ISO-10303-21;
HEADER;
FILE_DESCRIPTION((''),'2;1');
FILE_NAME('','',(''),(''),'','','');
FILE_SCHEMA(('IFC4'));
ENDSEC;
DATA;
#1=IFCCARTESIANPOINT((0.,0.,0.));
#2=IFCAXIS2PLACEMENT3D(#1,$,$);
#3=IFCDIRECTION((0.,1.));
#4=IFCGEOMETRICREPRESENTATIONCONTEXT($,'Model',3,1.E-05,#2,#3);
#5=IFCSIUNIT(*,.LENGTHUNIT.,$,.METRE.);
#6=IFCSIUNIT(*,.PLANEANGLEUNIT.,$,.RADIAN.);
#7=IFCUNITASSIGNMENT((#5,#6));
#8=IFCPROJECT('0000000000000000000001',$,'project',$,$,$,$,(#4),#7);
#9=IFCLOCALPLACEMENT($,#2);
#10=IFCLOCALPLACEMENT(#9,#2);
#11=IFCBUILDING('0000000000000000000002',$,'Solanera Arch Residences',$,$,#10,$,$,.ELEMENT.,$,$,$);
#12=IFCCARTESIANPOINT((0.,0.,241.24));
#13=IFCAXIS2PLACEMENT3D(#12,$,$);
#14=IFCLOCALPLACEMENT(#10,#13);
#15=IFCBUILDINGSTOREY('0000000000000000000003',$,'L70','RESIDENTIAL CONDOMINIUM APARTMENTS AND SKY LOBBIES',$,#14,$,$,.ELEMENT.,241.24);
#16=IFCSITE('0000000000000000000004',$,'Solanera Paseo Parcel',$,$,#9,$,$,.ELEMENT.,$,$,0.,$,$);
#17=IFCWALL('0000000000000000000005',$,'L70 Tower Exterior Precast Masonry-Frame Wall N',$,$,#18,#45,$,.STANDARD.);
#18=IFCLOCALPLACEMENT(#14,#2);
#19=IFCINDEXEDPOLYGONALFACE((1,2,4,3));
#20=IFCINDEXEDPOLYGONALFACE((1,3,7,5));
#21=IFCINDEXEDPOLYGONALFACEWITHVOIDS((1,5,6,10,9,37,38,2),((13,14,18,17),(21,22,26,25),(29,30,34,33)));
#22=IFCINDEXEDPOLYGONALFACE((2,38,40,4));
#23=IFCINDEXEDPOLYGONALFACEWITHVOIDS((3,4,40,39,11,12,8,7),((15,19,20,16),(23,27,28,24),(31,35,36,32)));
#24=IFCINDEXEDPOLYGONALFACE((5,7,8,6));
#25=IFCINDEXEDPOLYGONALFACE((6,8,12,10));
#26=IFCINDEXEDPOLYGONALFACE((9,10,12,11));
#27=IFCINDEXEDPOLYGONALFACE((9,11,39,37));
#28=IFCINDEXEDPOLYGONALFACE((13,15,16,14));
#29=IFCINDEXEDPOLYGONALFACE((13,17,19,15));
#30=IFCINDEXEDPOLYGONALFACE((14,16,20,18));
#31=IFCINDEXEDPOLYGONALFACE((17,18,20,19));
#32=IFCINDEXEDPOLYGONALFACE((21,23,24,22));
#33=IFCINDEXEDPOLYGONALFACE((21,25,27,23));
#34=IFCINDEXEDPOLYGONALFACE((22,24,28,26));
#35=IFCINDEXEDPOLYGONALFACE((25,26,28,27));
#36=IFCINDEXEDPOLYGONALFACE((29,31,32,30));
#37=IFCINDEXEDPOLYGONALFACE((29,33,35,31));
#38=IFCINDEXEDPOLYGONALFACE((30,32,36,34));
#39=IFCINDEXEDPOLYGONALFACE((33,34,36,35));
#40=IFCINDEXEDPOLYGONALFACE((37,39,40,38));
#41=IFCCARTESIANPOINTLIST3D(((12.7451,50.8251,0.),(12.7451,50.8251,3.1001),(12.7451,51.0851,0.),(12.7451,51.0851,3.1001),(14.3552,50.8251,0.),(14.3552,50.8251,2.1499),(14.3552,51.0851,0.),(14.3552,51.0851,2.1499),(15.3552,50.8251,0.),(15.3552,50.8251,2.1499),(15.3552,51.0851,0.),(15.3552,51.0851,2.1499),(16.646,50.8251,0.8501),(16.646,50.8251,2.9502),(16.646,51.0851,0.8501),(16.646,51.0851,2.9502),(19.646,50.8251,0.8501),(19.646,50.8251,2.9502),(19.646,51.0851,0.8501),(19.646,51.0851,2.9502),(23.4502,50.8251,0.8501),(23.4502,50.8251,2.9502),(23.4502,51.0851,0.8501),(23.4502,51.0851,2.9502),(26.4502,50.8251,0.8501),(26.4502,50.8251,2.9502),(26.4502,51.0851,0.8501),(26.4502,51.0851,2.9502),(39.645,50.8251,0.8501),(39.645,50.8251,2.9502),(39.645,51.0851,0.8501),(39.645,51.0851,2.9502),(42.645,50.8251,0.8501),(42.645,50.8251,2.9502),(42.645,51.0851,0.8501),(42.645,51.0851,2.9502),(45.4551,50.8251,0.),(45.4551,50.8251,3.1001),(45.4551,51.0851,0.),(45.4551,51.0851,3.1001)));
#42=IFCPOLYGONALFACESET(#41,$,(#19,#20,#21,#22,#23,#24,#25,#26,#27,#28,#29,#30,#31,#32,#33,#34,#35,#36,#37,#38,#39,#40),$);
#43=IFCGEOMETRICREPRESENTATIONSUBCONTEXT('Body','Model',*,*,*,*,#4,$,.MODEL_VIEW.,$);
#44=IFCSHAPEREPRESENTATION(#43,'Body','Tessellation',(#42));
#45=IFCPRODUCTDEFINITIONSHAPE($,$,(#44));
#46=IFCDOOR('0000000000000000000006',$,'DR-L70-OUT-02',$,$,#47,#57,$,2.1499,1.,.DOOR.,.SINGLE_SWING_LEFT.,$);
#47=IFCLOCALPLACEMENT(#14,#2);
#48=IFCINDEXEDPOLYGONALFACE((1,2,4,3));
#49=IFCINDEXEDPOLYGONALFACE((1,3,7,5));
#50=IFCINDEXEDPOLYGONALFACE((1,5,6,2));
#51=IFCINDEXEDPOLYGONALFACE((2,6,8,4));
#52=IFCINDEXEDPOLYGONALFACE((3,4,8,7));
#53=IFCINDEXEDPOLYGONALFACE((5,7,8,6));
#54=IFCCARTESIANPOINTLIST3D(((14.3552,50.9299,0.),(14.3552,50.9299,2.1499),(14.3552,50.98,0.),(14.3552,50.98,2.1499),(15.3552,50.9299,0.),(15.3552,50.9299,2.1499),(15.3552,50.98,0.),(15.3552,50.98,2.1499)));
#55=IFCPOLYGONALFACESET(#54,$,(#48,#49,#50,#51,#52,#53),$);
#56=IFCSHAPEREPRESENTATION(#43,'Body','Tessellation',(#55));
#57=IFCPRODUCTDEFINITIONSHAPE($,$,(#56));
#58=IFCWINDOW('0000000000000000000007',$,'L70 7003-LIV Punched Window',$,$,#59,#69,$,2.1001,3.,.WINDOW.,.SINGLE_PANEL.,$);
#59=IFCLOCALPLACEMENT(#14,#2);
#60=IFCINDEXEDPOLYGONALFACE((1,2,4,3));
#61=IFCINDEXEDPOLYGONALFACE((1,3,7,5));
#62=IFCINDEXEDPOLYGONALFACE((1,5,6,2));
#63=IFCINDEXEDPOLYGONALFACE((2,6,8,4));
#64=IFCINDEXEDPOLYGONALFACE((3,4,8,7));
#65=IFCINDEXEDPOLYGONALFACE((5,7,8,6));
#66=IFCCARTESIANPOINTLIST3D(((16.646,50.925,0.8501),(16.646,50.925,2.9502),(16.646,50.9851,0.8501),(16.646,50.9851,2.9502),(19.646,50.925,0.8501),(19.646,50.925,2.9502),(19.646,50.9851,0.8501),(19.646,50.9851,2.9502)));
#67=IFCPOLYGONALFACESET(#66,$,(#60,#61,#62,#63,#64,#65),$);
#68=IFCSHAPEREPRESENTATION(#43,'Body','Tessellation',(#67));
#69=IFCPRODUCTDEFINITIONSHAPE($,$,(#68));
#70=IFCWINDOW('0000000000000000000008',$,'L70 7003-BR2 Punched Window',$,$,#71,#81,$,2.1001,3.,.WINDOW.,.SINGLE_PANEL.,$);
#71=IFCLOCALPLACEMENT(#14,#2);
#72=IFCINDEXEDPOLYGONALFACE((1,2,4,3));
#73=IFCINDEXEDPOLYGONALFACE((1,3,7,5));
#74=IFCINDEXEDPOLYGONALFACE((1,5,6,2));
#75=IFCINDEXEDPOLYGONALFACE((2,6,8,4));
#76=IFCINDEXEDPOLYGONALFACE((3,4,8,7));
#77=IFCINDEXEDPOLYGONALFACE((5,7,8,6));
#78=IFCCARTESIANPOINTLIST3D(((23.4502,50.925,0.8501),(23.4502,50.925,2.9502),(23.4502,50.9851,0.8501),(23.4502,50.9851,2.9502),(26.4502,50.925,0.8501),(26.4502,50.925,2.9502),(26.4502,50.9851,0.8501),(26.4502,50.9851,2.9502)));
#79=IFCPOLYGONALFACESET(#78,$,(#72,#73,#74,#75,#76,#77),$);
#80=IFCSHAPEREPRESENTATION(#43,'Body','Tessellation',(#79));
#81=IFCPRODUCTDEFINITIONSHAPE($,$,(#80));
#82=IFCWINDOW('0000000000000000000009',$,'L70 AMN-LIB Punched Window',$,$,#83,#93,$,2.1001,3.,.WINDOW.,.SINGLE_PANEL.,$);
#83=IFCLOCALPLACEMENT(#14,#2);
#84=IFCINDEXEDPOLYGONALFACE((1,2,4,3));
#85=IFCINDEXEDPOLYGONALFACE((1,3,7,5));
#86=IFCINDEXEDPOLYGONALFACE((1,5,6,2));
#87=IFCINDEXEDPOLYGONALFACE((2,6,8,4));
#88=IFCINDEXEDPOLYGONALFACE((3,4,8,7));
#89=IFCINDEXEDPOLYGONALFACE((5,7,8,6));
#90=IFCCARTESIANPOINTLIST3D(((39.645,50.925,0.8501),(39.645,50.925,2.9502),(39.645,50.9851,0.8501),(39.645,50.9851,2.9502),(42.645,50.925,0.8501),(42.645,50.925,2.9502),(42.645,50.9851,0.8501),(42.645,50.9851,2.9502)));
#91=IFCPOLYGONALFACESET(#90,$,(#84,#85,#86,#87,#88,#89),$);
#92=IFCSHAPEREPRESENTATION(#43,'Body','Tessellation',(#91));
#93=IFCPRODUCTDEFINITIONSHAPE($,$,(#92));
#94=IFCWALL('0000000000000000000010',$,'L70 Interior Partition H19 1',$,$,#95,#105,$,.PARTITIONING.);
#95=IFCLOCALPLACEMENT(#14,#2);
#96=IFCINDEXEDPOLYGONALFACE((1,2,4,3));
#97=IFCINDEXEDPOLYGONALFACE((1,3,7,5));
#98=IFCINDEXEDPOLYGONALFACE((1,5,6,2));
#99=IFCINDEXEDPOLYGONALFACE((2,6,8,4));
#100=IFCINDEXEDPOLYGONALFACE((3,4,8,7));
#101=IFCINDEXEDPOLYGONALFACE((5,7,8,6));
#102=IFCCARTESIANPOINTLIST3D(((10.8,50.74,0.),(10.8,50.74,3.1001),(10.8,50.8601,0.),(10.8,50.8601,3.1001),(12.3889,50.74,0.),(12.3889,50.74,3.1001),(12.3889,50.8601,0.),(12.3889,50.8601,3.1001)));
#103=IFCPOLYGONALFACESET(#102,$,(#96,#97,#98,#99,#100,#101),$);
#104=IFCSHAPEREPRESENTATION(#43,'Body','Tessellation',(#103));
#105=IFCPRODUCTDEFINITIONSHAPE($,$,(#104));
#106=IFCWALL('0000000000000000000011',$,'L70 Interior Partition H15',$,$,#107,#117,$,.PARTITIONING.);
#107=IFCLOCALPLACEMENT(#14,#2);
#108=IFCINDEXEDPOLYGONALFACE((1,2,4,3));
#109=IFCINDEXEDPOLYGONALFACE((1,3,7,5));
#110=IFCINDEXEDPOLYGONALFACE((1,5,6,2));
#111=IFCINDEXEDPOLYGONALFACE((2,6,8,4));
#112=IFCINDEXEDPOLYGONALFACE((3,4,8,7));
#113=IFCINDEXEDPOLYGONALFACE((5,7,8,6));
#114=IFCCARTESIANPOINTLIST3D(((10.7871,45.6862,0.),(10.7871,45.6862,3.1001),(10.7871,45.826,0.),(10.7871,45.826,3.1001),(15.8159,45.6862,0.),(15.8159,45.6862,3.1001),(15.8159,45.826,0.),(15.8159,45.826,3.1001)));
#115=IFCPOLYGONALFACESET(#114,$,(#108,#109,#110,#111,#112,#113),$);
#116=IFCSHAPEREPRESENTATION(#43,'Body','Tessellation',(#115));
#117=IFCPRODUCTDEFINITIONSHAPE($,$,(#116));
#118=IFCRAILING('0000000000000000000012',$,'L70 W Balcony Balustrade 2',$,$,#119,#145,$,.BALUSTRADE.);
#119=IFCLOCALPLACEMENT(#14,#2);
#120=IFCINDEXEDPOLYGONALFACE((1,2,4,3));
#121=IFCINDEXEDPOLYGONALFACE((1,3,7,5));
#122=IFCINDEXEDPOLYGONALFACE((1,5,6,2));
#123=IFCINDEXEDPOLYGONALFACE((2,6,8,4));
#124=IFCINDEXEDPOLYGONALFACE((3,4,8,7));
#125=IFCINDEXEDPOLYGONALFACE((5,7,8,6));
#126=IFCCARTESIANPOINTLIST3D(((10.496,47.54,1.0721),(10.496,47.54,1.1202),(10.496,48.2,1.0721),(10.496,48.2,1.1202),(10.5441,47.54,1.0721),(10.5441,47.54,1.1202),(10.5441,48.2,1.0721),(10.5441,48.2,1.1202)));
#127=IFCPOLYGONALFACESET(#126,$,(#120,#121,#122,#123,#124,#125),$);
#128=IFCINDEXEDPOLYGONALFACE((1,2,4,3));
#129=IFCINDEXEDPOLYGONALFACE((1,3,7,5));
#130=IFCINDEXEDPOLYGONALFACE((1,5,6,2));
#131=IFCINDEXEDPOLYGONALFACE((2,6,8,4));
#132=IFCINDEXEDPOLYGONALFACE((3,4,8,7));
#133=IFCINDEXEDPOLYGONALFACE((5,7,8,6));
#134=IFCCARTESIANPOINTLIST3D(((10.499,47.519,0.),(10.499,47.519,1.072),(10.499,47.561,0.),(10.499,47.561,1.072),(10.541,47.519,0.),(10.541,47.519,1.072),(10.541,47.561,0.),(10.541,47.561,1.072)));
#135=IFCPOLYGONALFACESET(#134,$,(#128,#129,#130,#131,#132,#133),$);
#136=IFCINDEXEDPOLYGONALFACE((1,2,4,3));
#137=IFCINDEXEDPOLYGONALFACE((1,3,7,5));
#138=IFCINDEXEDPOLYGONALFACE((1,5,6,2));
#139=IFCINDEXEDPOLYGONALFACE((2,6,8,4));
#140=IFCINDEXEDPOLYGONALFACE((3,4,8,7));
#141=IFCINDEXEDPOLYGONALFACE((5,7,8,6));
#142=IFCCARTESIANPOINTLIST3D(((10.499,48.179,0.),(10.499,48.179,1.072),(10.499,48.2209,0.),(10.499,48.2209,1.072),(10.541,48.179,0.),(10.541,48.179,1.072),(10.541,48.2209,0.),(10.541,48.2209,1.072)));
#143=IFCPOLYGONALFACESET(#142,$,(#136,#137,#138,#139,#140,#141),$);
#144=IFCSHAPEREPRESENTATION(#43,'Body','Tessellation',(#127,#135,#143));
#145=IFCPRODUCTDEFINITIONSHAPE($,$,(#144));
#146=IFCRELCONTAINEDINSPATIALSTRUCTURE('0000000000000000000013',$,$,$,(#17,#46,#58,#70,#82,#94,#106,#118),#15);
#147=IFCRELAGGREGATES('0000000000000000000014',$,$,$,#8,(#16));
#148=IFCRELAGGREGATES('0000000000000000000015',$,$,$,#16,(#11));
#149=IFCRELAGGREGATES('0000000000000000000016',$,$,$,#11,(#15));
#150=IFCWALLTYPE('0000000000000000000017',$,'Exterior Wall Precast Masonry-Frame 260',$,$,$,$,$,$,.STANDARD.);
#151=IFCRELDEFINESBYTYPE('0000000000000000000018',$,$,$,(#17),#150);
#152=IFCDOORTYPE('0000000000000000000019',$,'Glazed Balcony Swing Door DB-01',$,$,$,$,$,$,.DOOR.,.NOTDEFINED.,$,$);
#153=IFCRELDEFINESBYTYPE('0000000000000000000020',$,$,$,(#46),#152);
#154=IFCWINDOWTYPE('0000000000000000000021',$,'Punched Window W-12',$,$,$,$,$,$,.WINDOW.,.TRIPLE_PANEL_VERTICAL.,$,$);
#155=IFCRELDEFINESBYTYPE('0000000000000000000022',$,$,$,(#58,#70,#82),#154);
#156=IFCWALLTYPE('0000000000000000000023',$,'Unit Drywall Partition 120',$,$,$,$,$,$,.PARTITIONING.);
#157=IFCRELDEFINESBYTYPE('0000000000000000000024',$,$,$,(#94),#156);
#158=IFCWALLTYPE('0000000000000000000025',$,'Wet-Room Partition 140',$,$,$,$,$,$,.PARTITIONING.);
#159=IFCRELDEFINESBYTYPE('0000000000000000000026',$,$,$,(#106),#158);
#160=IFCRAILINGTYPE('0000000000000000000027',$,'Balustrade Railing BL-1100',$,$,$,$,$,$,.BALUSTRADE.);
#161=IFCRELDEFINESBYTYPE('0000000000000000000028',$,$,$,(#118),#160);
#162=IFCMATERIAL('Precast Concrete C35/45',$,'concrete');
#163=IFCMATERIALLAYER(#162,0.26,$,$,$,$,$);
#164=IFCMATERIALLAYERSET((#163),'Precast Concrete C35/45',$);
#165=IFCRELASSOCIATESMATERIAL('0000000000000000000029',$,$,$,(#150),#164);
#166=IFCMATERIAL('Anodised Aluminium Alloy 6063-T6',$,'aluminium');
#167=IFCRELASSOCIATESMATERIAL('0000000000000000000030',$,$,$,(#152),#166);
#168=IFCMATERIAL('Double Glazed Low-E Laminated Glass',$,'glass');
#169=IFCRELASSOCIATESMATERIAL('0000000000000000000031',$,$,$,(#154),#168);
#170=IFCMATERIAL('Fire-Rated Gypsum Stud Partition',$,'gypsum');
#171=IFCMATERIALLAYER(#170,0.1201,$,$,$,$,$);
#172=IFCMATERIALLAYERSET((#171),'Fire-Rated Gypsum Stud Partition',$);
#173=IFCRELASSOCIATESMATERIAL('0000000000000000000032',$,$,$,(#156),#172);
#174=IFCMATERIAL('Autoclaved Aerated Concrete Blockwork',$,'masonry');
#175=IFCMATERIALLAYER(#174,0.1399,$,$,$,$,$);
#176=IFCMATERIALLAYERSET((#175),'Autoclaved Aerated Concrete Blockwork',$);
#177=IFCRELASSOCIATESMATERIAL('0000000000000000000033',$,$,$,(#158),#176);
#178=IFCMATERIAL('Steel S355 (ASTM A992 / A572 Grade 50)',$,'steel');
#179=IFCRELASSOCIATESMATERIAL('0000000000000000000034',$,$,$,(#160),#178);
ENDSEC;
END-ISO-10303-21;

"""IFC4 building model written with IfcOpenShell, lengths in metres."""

from ifc_helpers import new_model, si_unit, direction, frame, frame_2d, origin, origin_2d, place, context, subcontext, project, spatial, rectangle, extrude, material, layer, layer_set, type_object, element, fill, save


model = new_model("IFC4")

# Units and contexts
model_context = context("Model", 3, precision=1e-05, world=origin(), true_north=direction((0.0, 1.0)))
body_context = subcontext(model_context, "Body", "Model", "MODEL_VIEW")
ifc_project = project(units=[si_unit("LENGTHUNIT", "METRE"), si_unit("PLANEANGLEUNIT", "RADIAN")], contexts=[model_context])

# Site, building, storey
site_placement = place(None, origin())
site = spatial("IfcSite", under=ifc_project, at=site_placement, Name="Solanera Paseo Parcel", CompositionType="ELEMENT", RefElevation=0.0)
building_placement = place(site_placement, origin())
building = spatial("IfcBuilding", under=site, at=building_placement, Name="Solanera Arch Residences", CompositionType="ELEMENT")
storey_placement = place(building_placement, frame((0.0, 0.0, 241.24)))
storey = spatial("IfcBuildingStorey", under=building, at=storey_placement, Name="L70", Description="RESIDENTIAL CONDOMINIUM APARTMENTS AND SKY LOBBIES", CompositionType="ELEMENT", Elevation=241.24)

# Shared definitions
ifc_material_1 = material(Name="Precast Concrete C35/45", Category="concrete")
ifc_layer_1 = layer(ifc_material_1, 0.26)
ifc_layer_set_1 = layer_set([ifc_layer_1], Name="Precast Concrete C35/45")
wall_type_1 = type_object("IfcWallType", Name="Exterior Wall Precast Masonry-Frame 260", PredefinedType="STANDARD", material=ifc_layer_set_1)

# Wall, openings, door, windows
wall_1_placement = place(storey_placement, frame((12.7451, 50.9551, 0.0), z_axis=(0.0, 0.0, 1.0), x_axis=(1.0, 0.0, 0.0)))
wall_1 = element("IfcWall", 1, at=wall_1_placement, inside=storey, type_object=wall_type_1, Name="L70 Tower Exterior Precast Masonry-Frame Wall N", PredefinedType="STANDARD", context=body_context, shape_type="SweptSolid", body=[
    extrude(rectangle(XDim=32.71, YDim=0.26, at=frame_2d((16.355, 0.0))), origin(), (0.0, 0.0, 1.0), 3.1001),
])
opening_1_placement = place(wall_1_placement, frame((1.6101, 0.0, 0.0)))
opening_1 = element("IfcOpeningElement", 2, at=opening_1_placement, cuts=wall_1, PredefinedType="OPENING", context=body_context, shape_type="SweptSolid", body=[
    extrude(rectangle(XDim=1.0, YDim=2.1499, at=frame_2d((0.5, 1.075))), frame((0.0, 0.1399, 0.0), z_axis=(0.0, -1.0, 0.0), x_axis=(1.0, 0.0, 0.0)), (0.0, 0.0, 1.0), 0.28),
])
opening_2_placement = place(wall_1_placement, frame((3.9009, 0.0, 0.8501)))
opening_2 = element("IfcOpeningElement", 3, at=opening_2_placement, cuts=wall_1, PredefinedType="OPENING", context=body_context, shape_type="SweptSolid", body=[
    extrude(rectangle(XDim=3.0, YDim=2.1001, at=frame_2d((1.5, 1.05))), frame((0.0, 0.1399, 0.0), z_axis=(0.0, -1.0, 0.0), x_axis=(1.0, 0.0, 0.0)), (0.0, 0.0, 1.0), 0.28),
])
opening_3_placement = place(wall_1_placement, frame((10.7051, 0.0, 0.8501)))
opening_3 = element("IfcOpeningElement", 4, at=opening_3_placement, cuts=wall_1, PredefinedType="OPENING", context=body_context, shape_type="SweptSolid", body=[
    extrude(rectangle(XDim=3.0, YDim=2.1001, at=frame_2d((1.5, 1.05))), frame((0.0, 0.1399, 0.0), z_axis=(0.0, -1.0, 0.0), x_axis=(1.0, 0.0, 0.0)), (0.0, 0.0, 1.0), 0.28),
])
opening_4_placement = place(wall_1_placement, frame((26.8999, 0.0, 0.8501)))
opening_4 = element("IfcOpeningElement", 5, at=opening_4_placement, cuts=wall_1, PredefinedType="OPENING", context=body_context, shape_type="SweptSolid", body=[
    extrude(rectangle(XDim=3.0, YDim=2.1001, at=frame_2d((1.5, 1.05))), frame((0.0, 0.1399, 0.0), z_axis=(0.0, -1.0, 0.0), x_axis=(1.0, 0.0, 0.0)), (0.0, 0.0, 1.0), 0.28),
])
ifc_material_2 = material(Name="Anodised Aluminium Alloy 6063-T6", Category="aluminium")
door_type_1 = type_object("IfcDoorType", Name="Glazed Balcony Swing Door DB-01", OperationType="NOTDEFINED", PredefinedType="DOOR", material=ifc_material_2)
door_1_placement = place(opening_1_placement, origin())
door_1 = element("IfcDoor", 6, at=door_1_placement, inside=storey, type_object=door_type_1, Name="DR-L70-OUT-02", OperationType="SINGLE_SWING_LEFT", OverallHeight=2.1499, OverallWidth=1.0, PredefinedType="DOOR", context=body_context, shape_type="SweptSolid", body=[
    extrude(rectangle(XDim=1.0, YDim=2.1499, at=frame_2d((0.5, 1.075))), frame((0.0, 0.0249, 0.0), z_axis=(0.0, -1.0, 0.0), x_axis=(1.0, 0.0, 0.0)), (0.0, 0.0, 1.0), 0.05),
])
fill(opening_1, door_1)
ifc_material_3 = material(Name="Double Glazed Low-E Laminated Glass", Category="glass")
window_type = type_object("IfcWindowType", Name="Punched Window W-12", PartitioningType="TRIPLE_PANEL_VERTICAL", PredefinedType="WINDOW", material=ifc_material_3)
window_1_placement = place(opening_2_placement, origin())
window_1 = element("IfcWindow", 7, at=window_1_placement, inside=storey, type_object=window_type, Name="L70 7003-LIV Punched Window", OverallHeight=2.1001, OverallWidth=3.0, PartitioningType="SINGLE_PANEL", PredefinedType="WINDOW", context=body_context, shape_type="SweptSolid", body=[
    extrude(rectangle(XDim=3.0, YDim=2.1001, at=frame_2d((1.5, 1.05))), frame((0.0, 0.03, 0.0), z_axis=(0.0, -1.0, 0.0), x_axis=(1.0, 0.0, 0.0)), (0.0, 0.0, 1.0), 0.0601),
])
fill(opening_2, window_1)
window_2_placement = place(opening_3_placement, origin())
window_2 = element("IfcWindow", 8, at=window_2_placement, inside=storey, type_object=window_type, Name="L70 7003-BR2 Punched Window", OverallHeight=2.1001, OverallWidth=3.0, PartitioningType="SINGLE_PANEL", PredefinedType="WINDOW", context=body_context, shape_type="SweptSolid", body=[
    extrude(rectangle(XDim=3.0, YDim=2.1001, at=frame_2d((1.5, 1.05))), frame((0.0, 0.03, 0.0), z_axis=(0.0, -1.0, 0.0), x_axis=(1.0, 0.0, 0.0)), (0.0, 0.0, 1.0), 0.0601),
])
fill(opening_3, window_2)
window_3_placement = place(opening_4_placement, origin())
window_3 = element("IfcWindow", 9, at=window_3_placement, inside=storey, type_object=window_type, Name="L70 AMN-LIB Punched Window", OverallHeight=2.1001, OverallWidth=3.0, PartitioningType="SINGLE_PANEL", PredefinedType="WINDOW", context=body_context, shape_type="SweptSolid", body=[
    extrude(rectangle(XDim=3.0, YDim=2.1001, at=frame_2d((1.5, 1.05))), frame((0.0, 0.03, 0.0), z_axis=(0.0, -1.0, 0.0), x_axis=(1.0, 0.0, 0.0)), (0.0, 0.0, 1.0), 0.0601),
])
fill(opening_4, window_3)

# Walls
ifc_material_4 = material(Name="Fire-Rated Gypsum Stud Partition", Category="gypsum")
ifc_layer_2 = layer(ifc_material_4, 0.1201)
ifc_layer_set_2 = layer_set([ifc_layer_2], Name="Fire-Rated Gypsum Stud Partition")
wall_type_2 = type_object("IfcWallType", Name="Unit Drywall Partition 120", PredefinedType="PARTITIONING", material=ifc_layer_set_2)
wall_2_placement = place(storey_placement, frame((10.8, 50.8, 0.0), z_axis=(0.0, 0.0, 1.0), x_axis=(1.0, 0.0, 0.0)))
element("IfcWall", 10, at=wall_2_placement, inside=storey, type_object=wall_type_2, Name="L70 Interior Partition H19 1", PredefinedType="PARTITIONING", context=body_context, shape_type="SweptSolid", body=[
    extrude(rectangle(XDim=1.5889, YDim=0.1201, at=frame_2d((0.7944, 0.0))), origin(), (0.0, 0.0, 1.0), 3.1001),
])
ifc_material_5 = material(Name="Autoclaved Aerated Concrete Blockwork", Category="masonry")
ifc_layer_3 = layer(ifc_material_5, 0.1399)
ifc_layer_set_3 = layer_set([ifc_layer_3], Name="Autoclaved Aerated Concrete Blockwork")
wall_type_3 = type_object("IfcWallType", Name="Wet-Room Partition 140", PredefinedType="PARTITIONING", material=ifc_layer_set_3)
wall_3_placement = place(storey_placement, frame((10.7871, 45.7561, 0.0), z_axis=(0.0, 0.0, 1.0), x_axis=(1.0, 0.0, 0.0)))
element("IfcWall", 11, at=wall_3_placement, inside=storey, type_object=wall_type_3, Name="L70 Interior Partition H15", PredefinedType="PARTITIONING", context=body_context, shape_type="SweptSolid", body=[
    extrude(rectangle(XDim=5.0288, YDim=0.1399, at=frame_2d((2.5144, 0.0))), origin(), (0.0, 0.0, 1.0), 3.1001),
])

# Railing
ifc_material_6 = material(Name="Steel S355 (ASTM A992 / A572 Grade 50)", Category="steel")
railing_type = type_object("IfcRailingType", Name="Balustrade Railing BL-1100", PredefinedType="BALUSTRADE", material=ifc_material_6)
railing_1_placement = place(storey_placement, frame((10.52, 47.54, 0.0)))
element("IfcRailing", 12, at=railing_1_placement, inside=storey, type_object=railing_type, Name="L70 W Balcony Balustrade 2", PredefinedType="BALUSTRADE", context=body_context, shape_type="SweptSolid", body=[
    extrude(rectangle(XDim=0.0481, YDim=0.0481, at=origin_2d()), frame((0.0, 0.0, 1.0962), z_axis=(0.0, 1.0, 0.0), x_axis=(-1.0, 0.0, 0.0)), (0.0, 0.0, 1.0), 0.6599),
    extrude(rectangle(XDim=0.042, YDim=0.042, at=origin_2d()), origin(), (0.0, 0.0, 1.0), 1.072),
    extrude(rectangle(XDim=0.042, YDim=0.042, at=origin_2d()), frame((0.0, 0.6599, 0.0)), (0.0, 0.0, 1.0), 1.072),
])

save(model, "model.ifc")
